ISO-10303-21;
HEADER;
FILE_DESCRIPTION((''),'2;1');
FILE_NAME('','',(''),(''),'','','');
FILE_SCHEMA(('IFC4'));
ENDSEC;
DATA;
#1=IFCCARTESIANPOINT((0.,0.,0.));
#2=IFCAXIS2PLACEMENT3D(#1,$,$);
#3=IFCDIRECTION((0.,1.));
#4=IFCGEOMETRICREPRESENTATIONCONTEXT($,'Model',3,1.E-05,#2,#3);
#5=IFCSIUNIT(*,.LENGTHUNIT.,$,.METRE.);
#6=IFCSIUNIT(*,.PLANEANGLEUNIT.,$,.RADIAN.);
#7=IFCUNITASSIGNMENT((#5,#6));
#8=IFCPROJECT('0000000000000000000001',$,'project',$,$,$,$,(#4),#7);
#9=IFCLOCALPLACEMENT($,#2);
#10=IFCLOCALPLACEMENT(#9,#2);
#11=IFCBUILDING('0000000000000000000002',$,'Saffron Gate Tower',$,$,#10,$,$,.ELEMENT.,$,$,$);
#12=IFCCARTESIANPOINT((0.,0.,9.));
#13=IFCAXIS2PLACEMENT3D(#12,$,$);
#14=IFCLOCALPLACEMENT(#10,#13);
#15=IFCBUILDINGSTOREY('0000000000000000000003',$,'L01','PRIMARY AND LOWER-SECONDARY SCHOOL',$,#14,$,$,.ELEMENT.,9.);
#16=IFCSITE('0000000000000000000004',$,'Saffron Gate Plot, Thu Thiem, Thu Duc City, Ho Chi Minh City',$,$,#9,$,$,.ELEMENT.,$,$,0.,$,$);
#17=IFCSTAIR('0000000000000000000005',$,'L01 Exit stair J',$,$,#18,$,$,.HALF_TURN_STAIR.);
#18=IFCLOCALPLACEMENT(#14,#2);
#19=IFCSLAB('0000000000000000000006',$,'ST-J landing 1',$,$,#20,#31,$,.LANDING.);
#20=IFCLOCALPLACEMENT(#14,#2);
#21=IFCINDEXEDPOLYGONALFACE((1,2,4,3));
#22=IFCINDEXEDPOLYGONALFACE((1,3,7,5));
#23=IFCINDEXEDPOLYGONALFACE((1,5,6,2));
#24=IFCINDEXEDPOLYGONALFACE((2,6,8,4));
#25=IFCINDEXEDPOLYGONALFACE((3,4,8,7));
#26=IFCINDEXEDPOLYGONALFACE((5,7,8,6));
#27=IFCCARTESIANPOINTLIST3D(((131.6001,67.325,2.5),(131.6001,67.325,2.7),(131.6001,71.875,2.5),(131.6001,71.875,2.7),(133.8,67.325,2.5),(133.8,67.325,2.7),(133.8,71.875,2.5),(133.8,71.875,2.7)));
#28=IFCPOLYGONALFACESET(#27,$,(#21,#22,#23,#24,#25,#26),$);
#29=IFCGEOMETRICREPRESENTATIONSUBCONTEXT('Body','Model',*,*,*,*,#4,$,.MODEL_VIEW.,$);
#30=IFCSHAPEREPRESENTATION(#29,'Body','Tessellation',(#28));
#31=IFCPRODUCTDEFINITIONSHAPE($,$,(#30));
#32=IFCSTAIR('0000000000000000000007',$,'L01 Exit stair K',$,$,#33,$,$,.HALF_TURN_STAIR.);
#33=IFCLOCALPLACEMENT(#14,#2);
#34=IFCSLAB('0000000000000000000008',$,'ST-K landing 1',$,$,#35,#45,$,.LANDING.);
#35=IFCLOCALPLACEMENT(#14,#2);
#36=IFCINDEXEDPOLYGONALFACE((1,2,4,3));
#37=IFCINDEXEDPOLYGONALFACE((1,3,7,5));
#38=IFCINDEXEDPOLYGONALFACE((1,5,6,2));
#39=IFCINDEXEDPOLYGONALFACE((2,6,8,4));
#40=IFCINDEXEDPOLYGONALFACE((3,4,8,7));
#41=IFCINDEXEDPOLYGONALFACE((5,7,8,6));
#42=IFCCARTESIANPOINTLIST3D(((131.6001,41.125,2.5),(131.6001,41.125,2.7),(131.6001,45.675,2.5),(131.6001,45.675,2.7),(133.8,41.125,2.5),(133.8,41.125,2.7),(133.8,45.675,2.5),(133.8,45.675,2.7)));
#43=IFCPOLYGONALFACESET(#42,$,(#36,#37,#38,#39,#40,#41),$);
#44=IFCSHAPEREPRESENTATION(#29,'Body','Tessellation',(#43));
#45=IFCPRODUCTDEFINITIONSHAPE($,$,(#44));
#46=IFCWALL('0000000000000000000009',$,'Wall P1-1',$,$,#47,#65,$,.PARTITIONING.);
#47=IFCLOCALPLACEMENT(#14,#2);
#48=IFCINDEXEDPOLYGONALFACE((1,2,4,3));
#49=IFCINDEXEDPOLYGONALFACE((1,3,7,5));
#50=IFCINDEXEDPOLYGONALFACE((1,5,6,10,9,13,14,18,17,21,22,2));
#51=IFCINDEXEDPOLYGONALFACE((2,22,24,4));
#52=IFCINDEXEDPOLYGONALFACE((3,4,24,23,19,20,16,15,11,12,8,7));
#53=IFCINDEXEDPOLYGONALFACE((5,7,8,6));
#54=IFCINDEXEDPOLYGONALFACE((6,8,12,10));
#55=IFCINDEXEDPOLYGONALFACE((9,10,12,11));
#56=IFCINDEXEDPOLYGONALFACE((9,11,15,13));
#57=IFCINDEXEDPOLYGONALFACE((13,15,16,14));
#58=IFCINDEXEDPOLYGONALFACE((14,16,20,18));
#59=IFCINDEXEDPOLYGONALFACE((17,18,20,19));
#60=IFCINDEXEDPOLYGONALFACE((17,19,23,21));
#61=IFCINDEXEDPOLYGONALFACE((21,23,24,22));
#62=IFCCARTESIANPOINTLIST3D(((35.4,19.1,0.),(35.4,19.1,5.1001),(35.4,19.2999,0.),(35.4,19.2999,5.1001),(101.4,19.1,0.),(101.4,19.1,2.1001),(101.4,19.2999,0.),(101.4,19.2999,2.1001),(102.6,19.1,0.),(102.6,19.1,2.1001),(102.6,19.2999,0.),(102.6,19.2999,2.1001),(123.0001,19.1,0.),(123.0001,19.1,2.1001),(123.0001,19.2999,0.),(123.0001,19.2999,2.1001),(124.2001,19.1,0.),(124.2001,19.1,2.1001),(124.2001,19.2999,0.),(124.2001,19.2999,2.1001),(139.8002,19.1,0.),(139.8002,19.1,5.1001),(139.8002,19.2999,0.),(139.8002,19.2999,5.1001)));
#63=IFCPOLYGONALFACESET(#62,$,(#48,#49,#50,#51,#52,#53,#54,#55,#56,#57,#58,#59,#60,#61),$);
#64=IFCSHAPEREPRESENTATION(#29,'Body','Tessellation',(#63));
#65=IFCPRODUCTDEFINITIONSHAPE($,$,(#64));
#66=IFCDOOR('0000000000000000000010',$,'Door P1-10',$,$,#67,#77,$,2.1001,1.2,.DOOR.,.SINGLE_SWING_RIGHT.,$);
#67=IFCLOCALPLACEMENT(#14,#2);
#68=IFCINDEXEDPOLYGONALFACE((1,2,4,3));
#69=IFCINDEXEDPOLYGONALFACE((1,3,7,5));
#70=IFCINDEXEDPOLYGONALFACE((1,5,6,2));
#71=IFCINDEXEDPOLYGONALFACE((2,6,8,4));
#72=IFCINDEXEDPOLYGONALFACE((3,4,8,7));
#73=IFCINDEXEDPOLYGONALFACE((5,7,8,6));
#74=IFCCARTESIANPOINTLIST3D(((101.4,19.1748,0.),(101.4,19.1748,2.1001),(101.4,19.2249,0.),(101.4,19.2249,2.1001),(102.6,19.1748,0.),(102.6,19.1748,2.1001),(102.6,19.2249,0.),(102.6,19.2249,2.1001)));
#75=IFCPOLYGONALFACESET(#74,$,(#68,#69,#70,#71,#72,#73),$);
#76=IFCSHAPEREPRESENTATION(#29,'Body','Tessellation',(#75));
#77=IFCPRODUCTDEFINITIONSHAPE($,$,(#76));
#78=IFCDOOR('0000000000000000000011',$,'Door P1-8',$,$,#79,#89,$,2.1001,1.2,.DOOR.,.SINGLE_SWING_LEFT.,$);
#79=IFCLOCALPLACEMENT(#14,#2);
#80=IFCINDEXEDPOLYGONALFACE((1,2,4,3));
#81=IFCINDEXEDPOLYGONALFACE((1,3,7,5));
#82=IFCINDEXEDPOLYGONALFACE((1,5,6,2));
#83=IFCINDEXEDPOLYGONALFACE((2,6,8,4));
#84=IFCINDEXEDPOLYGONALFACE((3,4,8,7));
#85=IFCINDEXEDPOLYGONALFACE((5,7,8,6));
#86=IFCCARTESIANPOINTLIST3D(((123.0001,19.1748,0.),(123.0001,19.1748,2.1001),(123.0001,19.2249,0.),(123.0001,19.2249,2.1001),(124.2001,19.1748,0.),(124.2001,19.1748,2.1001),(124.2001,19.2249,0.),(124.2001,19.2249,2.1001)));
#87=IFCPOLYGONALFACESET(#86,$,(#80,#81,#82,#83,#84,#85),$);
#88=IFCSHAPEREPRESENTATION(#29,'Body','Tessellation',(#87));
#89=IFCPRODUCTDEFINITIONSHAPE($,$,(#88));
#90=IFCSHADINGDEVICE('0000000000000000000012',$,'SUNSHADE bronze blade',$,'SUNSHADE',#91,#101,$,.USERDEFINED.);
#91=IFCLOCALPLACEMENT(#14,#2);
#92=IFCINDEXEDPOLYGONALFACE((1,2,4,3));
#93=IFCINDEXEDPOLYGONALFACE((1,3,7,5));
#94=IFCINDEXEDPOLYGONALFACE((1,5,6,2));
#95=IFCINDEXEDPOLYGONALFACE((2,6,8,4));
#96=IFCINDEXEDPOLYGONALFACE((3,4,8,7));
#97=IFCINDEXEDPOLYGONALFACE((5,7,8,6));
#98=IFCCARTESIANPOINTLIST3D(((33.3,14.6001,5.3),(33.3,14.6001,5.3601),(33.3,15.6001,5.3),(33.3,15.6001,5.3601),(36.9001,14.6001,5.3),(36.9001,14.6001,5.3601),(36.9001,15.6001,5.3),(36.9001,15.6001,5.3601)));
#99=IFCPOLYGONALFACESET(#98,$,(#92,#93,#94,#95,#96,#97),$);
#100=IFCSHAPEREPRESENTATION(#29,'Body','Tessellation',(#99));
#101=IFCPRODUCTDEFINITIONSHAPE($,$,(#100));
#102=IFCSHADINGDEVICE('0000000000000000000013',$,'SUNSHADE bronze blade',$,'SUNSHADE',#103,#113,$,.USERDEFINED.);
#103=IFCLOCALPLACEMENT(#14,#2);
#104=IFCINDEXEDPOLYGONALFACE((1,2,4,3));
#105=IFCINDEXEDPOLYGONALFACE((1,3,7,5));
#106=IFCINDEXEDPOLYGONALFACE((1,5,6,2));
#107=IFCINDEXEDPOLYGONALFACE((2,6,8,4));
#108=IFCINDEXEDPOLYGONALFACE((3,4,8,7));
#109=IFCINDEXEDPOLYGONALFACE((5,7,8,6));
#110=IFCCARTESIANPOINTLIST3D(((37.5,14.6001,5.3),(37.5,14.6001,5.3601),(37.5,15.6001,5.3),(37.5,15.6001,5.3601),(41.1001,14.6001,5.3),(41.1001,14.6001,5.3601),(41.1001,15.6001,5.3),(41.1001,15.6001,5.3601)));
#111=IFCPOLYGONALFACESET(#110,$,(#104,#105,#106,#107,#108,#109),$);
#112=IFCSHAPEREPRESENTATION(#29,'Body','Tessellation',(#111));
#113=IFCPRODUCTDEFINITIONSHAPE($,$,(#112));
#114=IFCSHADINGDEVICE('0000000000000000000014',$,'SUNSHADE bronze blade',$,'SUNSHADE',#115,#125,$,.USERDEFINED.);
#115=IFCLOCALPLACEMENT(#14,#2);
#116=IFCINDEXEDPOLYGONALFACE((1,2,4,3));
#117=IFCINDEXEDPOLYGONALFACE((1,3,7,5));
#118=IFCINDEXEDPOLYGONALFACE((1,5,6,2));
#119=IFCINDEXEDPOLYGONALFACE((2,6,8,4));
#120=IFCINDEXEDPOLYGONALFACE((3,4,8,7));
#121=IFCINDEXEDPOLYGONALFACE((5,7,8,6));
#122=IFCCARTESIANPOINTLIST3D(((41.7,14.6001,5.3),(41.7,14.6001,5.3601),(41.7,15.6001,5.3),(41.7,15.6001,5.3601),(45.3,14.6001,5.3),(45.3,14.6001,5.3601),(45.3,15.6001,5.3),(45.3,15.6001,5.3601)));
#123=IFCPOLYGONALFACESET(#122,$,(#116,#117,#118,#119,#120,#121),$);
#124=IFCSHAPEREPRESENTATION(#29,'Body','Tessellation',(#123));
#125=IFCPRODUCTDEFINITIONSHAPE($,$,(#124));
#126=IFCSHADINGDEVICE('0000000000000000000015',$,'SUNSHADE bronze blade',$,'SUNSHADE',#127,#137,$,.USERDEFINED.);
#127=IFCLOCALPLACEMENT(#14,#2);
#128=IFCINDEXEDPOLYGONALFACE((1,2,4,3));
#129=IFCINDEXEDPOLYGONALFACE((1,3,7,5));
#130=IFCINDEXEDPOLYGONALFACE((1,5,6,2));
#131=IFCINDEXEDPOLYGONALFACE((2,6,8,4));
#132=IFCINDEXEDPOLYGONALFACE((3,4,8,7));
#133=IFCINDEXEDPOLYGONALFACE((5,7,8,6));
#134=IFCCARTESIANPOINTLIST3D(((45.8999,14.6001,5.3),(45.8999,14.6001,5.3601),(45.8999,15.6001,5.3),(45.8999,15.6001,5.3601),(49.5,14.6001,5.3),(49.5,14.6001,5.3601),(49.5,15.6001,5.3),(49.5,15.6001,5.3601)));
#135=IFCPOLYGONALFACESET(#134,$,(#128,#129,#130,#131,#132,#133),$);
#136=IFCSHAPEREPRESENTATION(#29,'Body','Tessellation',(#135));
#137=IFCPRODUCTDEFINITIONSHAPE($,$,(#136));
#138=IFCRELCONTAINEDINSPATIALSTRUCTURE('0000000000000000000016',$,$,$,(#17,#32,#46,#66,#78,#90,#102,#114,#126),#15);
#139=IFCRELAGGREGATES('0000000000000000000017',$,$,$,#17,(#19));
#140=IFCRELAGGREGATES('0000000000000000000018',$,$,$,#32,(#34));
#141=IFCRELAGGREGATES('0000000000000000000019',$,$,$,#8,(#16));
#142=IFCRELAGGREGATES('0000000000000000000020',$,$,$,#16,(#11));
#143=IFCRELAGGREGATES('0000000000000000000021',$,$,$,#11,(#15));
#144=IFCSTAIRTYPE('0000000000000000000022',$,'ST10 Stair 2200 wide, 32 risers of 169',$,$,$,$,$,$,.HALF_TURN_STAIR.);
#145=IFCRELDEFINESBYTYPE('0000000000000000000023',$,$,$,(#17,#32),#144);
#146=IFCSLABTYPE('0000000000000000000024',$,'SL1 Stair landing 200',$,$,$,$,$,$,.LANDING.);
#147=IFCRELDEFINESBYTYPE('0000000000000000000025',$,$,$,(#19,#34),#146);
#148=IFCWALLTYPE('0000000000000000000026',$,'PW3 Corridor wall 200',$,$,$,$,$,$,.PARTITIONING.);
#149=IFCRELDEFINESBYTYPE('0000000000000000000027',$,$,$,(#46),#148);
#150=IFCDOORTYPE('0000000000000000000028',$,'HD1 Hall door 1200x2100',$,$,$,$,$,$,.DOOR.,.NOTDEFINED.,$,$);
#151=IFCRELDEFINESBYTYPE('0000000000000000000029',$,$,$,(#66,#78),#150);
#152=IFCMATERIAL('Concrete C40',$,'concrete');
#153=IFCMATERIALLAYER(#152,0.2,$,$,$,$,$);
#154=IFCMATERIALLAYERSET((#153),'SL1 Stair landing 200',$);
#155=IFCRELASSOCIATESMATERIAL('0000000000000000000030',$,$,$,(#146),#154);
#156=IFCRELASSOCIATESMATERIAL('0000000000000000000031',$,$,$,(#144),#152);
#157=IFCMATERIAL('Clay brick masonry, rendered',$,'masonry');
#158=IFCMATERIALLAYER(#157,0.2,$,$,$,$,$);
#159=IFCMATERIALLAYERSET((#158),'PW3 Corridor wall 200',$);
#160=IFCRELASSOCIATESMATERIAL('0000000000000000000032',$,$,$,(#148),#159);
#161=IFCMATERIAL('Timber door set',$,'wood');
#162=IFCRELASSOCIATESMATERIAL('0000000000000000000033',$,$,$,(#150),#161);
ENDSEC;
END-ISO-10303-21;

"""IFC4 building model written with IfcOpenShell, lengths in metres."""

from ifc_helpers import new_model, si_unit, direction, frame, frame_2d, origin, origin_2d, place, context, subcontext, project, spatial, polyline, rectangle, outline, extrude, material, layer, layer_set, type_object, element, fill, aggregate, save


model = new_model("IFC4")

# Units and contexts
model_context = context("Model", 3, precision=1e-05, world=origin(), true_north=direction((0.0, 1.0)))
body_context = subcontext(model_context, "Body", "Model", "MODEL_VIEW")
ifc_project = project(units=[si_unit("LENGTHUNIT", "METRE"), si_unit("PLANEANGLEUNIT", "RADIAN")], contexts=[model_context])

# Site, building, storey
site_placement = place(None, origin())
site = spatial("IfcSite", under=ifc_project, at=site_placement, Name="Saffron Gate Plot, Thu Thiem, Thu Duc City, Ho Chi Minh City", CompositionType="ELEMENT", RefElevation=0.0)
building_placement = place(site_placement, origin())
building = spatial("IfcBuilding", under=site, at=building_placement, Name="Saffron Gate Tower", CompositionType="ELEMENT")
storey_placement = place(building_placement, frame((0.0, 0.0, 9.0)))
storey = spatial("IfcBuildingStorey", under=building, at=storey_placement, Name="L01", Description="PRIMARY AND LOWER-SECONDARY SCHOOL", CompositionType="ELEMENT", Elevation=9.0)

# Shared definitions
ifc_material_1 = material(Name="Concrete C40", Category="concrete")

# Stairs, slabs
ifc_layer_1 = layer(ifc_material_1, 0.2)
ifc_layer_set_1 = layer_set([ifc_layer_1], Name="SL1 Stair landing 200")
slab_type_1 = type_object("IfcSlabType", Name="SL1 Stair landing 200", PredefinedType="LANDING", material=ifc_layer_set_1)
stair_type_1 = type_object("IfcStairType", Name="ST10 Stair 2200 wide, 32 risers of 169", PredefinedType="HALF_TURN_STAIR", material=ifc_material_1)
stair_1_placement = place(storey_placement, origin())
stair_1 = element("IfcStair", 1, at=stair_1_placement, inside=storey, type_object=stair_type_1, Name="L01 Exit stair J", PredefinedType="HALF_TURN_STAIR")
slab_1_placement = place(storey_placement, frame((0.0, 0.0, 2.5)))
slab_1 = element("IfcSlab", 2, at=slab_1_placement, type_object=slab_type_1, Name="ST-J landing 1", PredefinedType="LANDING", context=body_context, shape_type="SweptSolid", body=[
    extrude(outline(polyline([(133.8, 71.875), (131.6001, 71.875), (131.6001, 67.325), (133.8, 67.325), (133.8, 71.875)])), origin(), (0.0, 0.0, 1.0), 0.2),
])
aggregate(stair_1, [slab_1])
stair_2_placement = place(storey_placement, origin())
stair_2 = element("IfcStair", 3, at=stair_2_placement, inside=storey, type_object=stair_type_1, Name="L01 Exit stair K", PredefinedType="HALF_TURN_STAIR")
slab_2_placement = place(storey_placement, frame((0.0, 0.0, 2.5)))
slab_2 = element("IfcSlab", 4, at=slab_2_placement, type_object=slab_type_1, Name="ST-K landing 1", PredefinedType="LANDING", context=body_context, shape_type="SweptSolid", body=[
    extrude(outline(polyline([(133.8, 45.675), (131.6001, 45.675), (131.6001, 41.125), (133.8, 41.125), (133.8, 45.675)])), origin(), (0.0, 0.0, 1.0), 0.2),
])
aggregate(stair_2, [slab_2])

# Wall, openings, doors
ifc_material_2 = material(Name="Clay brick masonry, rendered", Category="masonry")
ifc_layer_2 = layer(ifc_material_2, 0.2)
ifc_layer_set_2 = layer_set([ifc_layer_2], Name="PW3 Corridor wall 200")
wall_type = type_object("IfcWallType", Name="PW3 Corridor wall 200", PredefinedType="PARTITIONING", material=ifc_layer_set_2)
wall_placement = place(storey_placement, frame((35.3999, 19.2, 0.0), z_axis=(0.0, 0.0, 1.0), x_axis=(1.0, 0.0, 0.0)))
wall = element("IfcWall", 5, at=wall_placement, inside=storey, type_object=wall_type, Name="Wall P1-1", PredefinedType="PARTITIONING", context=body_context, shape_type="SweptSolid", body=[
    extrude(rectangle(XDim=104.4001, YDim=0.2, at=frame_2d((52.2002, 0.0))), origin(), (0.0, 0.0, 1.0), 5.1001),
])
opening_1_placement = place(wall_placement, frame((66.0, 0.0, 0.0)))
opening_1 = element("IfcOpeningElement", 6, at=opening_1_placement, cuts=wall, PredefinedType="OPENING", context=body_context, shape_type="SweptSolid", body=[
    extrude(rectangle(XDim=1.2, YDim=2.1001, at=frame_2d((0.6001, 1.05))), frame((0.0, 0.1099, 0.0), z_axis=(0.0, -1.0, 0.0), x_axis=(1.0, 0.0, 0.0)), (0.0, 0.0, 1.0), 0.22),
])
opening_2_placement = place(wall_placement, frame((87.6001, 0.0, 0.0)))
opening_2 = element("IfcOpeningElement", 7, at=opening_2_placement, cuts=wall, PredefinedType="OPENING", context=body_context, shape_type="SweptSolid", body=[
    extrude(rectangle(XDim=1.2, YDim=2.1001, at=frame_2d((0.6001, 1.05))), frame((0.0, 0.1099, 0.0), z_axis=(0.0, -1.0, 0.0), x_axis=(1.0, 0.0, 0.0)), (0.0, 0.0, 1.0), 0.22),
])
ifc_material_3 = material(Name="Timber door set", Category="wood")
door_type = type_object("IfcDoorType", Name="HD1 Hall door 1200x2100", OperationType="NOTDEFINED", PredefinedType="DOOR", material=ifc_material_3)
door_1_placement = place(opening_1_placement, origin())
door_1 = element("IfcDoor", 8, at=door_1_placement, inside=storey, type_object=door_type, Name="Door P1-10", OperationType="SINGLE_SWING_RIGHT", OverallHeight=2.1001, OverallWidth=1.2, PredefinedType="DOOR", context=body_context, shape_type="SweptSolid", body=[
    extrude(rectangle(XDim=1.2, YDim=2.1001, at=frame_2d((0.6001, 1.05))), frame((0.0, 0.0249, 0.0), z_axis=(0.0, -1.0, 0.0), x_axis=(1.0, 0.0, 0.0)), (0.0, 0.0, 1.0), 0.05),
])
fill(opening_1, door_1)
door_2_placement = place(opening_2_placement, origin())
door_2 = element("IfcDoor", 9, at=door_2_placement, inside=storey, type_object=door_type, Name="Door P1-8", OperationType="SINGLE_SWING_LEFT", OverallHeight=2.1001, OverallWidth=1.2, PredefinedType="DOOR", context=body_context, shape_type="SweptSolid", body=[
    extrude(rectangle(XDim=1.2, YDim=2.1001, at=frame_2d((0.6001, 1.05))), frame((0.0, 0.0249, 0.0), z_axis=(0.0, -1.0, 0.0), x_axis=(1.0, 0.0, 0.0)), (0.0, 0.0, 1.0), 0.05),
])
fill(opening_2, door_2)

# Shading devices
for number, where, z_axis, x_axis, name in (
    (10, (35.1001, 15.1001, 5.3), (0.0, 0.0, 1.0), (1.0, 0.0, 0.0), "SUNSHADE bronze blade"),
    (11, (39.3, 15.1001, 5.3), (0.0, 0.0, 1.0), (1.0, 0.0, 0.0), "SUNSHADE bronze blade"),
    (12, (43.5, 15.1001, 5.3), (0.0, 0.0, 1.0), (1.0, 0.0, 0.0), "SUNSHADE bronze blade"),
    (13, (47.7, 15.1001, 5.3), (0.0, 0.0, 1.0), (1.0, 0.0, 0.0), "SUNSHADE bronze blade"),
):
    element("IfcShadingDevice", number, at=place(storey_placement, frame(where, z_axis=z_axis, x_axis=x_axis)), inside=storey, Name=name, ObjectType="SUNSHADE", PredefinedType="USERDEFINED", context=body_context, shape_type="SweptSolid", body=[
        extrude(rectangle(XDim=3.6001, YDim=1.0, at=origin_2d()), origin(), (0.0, 0.0, 1.0), 0.0601),
    ])

save(model, "model.ifc")
